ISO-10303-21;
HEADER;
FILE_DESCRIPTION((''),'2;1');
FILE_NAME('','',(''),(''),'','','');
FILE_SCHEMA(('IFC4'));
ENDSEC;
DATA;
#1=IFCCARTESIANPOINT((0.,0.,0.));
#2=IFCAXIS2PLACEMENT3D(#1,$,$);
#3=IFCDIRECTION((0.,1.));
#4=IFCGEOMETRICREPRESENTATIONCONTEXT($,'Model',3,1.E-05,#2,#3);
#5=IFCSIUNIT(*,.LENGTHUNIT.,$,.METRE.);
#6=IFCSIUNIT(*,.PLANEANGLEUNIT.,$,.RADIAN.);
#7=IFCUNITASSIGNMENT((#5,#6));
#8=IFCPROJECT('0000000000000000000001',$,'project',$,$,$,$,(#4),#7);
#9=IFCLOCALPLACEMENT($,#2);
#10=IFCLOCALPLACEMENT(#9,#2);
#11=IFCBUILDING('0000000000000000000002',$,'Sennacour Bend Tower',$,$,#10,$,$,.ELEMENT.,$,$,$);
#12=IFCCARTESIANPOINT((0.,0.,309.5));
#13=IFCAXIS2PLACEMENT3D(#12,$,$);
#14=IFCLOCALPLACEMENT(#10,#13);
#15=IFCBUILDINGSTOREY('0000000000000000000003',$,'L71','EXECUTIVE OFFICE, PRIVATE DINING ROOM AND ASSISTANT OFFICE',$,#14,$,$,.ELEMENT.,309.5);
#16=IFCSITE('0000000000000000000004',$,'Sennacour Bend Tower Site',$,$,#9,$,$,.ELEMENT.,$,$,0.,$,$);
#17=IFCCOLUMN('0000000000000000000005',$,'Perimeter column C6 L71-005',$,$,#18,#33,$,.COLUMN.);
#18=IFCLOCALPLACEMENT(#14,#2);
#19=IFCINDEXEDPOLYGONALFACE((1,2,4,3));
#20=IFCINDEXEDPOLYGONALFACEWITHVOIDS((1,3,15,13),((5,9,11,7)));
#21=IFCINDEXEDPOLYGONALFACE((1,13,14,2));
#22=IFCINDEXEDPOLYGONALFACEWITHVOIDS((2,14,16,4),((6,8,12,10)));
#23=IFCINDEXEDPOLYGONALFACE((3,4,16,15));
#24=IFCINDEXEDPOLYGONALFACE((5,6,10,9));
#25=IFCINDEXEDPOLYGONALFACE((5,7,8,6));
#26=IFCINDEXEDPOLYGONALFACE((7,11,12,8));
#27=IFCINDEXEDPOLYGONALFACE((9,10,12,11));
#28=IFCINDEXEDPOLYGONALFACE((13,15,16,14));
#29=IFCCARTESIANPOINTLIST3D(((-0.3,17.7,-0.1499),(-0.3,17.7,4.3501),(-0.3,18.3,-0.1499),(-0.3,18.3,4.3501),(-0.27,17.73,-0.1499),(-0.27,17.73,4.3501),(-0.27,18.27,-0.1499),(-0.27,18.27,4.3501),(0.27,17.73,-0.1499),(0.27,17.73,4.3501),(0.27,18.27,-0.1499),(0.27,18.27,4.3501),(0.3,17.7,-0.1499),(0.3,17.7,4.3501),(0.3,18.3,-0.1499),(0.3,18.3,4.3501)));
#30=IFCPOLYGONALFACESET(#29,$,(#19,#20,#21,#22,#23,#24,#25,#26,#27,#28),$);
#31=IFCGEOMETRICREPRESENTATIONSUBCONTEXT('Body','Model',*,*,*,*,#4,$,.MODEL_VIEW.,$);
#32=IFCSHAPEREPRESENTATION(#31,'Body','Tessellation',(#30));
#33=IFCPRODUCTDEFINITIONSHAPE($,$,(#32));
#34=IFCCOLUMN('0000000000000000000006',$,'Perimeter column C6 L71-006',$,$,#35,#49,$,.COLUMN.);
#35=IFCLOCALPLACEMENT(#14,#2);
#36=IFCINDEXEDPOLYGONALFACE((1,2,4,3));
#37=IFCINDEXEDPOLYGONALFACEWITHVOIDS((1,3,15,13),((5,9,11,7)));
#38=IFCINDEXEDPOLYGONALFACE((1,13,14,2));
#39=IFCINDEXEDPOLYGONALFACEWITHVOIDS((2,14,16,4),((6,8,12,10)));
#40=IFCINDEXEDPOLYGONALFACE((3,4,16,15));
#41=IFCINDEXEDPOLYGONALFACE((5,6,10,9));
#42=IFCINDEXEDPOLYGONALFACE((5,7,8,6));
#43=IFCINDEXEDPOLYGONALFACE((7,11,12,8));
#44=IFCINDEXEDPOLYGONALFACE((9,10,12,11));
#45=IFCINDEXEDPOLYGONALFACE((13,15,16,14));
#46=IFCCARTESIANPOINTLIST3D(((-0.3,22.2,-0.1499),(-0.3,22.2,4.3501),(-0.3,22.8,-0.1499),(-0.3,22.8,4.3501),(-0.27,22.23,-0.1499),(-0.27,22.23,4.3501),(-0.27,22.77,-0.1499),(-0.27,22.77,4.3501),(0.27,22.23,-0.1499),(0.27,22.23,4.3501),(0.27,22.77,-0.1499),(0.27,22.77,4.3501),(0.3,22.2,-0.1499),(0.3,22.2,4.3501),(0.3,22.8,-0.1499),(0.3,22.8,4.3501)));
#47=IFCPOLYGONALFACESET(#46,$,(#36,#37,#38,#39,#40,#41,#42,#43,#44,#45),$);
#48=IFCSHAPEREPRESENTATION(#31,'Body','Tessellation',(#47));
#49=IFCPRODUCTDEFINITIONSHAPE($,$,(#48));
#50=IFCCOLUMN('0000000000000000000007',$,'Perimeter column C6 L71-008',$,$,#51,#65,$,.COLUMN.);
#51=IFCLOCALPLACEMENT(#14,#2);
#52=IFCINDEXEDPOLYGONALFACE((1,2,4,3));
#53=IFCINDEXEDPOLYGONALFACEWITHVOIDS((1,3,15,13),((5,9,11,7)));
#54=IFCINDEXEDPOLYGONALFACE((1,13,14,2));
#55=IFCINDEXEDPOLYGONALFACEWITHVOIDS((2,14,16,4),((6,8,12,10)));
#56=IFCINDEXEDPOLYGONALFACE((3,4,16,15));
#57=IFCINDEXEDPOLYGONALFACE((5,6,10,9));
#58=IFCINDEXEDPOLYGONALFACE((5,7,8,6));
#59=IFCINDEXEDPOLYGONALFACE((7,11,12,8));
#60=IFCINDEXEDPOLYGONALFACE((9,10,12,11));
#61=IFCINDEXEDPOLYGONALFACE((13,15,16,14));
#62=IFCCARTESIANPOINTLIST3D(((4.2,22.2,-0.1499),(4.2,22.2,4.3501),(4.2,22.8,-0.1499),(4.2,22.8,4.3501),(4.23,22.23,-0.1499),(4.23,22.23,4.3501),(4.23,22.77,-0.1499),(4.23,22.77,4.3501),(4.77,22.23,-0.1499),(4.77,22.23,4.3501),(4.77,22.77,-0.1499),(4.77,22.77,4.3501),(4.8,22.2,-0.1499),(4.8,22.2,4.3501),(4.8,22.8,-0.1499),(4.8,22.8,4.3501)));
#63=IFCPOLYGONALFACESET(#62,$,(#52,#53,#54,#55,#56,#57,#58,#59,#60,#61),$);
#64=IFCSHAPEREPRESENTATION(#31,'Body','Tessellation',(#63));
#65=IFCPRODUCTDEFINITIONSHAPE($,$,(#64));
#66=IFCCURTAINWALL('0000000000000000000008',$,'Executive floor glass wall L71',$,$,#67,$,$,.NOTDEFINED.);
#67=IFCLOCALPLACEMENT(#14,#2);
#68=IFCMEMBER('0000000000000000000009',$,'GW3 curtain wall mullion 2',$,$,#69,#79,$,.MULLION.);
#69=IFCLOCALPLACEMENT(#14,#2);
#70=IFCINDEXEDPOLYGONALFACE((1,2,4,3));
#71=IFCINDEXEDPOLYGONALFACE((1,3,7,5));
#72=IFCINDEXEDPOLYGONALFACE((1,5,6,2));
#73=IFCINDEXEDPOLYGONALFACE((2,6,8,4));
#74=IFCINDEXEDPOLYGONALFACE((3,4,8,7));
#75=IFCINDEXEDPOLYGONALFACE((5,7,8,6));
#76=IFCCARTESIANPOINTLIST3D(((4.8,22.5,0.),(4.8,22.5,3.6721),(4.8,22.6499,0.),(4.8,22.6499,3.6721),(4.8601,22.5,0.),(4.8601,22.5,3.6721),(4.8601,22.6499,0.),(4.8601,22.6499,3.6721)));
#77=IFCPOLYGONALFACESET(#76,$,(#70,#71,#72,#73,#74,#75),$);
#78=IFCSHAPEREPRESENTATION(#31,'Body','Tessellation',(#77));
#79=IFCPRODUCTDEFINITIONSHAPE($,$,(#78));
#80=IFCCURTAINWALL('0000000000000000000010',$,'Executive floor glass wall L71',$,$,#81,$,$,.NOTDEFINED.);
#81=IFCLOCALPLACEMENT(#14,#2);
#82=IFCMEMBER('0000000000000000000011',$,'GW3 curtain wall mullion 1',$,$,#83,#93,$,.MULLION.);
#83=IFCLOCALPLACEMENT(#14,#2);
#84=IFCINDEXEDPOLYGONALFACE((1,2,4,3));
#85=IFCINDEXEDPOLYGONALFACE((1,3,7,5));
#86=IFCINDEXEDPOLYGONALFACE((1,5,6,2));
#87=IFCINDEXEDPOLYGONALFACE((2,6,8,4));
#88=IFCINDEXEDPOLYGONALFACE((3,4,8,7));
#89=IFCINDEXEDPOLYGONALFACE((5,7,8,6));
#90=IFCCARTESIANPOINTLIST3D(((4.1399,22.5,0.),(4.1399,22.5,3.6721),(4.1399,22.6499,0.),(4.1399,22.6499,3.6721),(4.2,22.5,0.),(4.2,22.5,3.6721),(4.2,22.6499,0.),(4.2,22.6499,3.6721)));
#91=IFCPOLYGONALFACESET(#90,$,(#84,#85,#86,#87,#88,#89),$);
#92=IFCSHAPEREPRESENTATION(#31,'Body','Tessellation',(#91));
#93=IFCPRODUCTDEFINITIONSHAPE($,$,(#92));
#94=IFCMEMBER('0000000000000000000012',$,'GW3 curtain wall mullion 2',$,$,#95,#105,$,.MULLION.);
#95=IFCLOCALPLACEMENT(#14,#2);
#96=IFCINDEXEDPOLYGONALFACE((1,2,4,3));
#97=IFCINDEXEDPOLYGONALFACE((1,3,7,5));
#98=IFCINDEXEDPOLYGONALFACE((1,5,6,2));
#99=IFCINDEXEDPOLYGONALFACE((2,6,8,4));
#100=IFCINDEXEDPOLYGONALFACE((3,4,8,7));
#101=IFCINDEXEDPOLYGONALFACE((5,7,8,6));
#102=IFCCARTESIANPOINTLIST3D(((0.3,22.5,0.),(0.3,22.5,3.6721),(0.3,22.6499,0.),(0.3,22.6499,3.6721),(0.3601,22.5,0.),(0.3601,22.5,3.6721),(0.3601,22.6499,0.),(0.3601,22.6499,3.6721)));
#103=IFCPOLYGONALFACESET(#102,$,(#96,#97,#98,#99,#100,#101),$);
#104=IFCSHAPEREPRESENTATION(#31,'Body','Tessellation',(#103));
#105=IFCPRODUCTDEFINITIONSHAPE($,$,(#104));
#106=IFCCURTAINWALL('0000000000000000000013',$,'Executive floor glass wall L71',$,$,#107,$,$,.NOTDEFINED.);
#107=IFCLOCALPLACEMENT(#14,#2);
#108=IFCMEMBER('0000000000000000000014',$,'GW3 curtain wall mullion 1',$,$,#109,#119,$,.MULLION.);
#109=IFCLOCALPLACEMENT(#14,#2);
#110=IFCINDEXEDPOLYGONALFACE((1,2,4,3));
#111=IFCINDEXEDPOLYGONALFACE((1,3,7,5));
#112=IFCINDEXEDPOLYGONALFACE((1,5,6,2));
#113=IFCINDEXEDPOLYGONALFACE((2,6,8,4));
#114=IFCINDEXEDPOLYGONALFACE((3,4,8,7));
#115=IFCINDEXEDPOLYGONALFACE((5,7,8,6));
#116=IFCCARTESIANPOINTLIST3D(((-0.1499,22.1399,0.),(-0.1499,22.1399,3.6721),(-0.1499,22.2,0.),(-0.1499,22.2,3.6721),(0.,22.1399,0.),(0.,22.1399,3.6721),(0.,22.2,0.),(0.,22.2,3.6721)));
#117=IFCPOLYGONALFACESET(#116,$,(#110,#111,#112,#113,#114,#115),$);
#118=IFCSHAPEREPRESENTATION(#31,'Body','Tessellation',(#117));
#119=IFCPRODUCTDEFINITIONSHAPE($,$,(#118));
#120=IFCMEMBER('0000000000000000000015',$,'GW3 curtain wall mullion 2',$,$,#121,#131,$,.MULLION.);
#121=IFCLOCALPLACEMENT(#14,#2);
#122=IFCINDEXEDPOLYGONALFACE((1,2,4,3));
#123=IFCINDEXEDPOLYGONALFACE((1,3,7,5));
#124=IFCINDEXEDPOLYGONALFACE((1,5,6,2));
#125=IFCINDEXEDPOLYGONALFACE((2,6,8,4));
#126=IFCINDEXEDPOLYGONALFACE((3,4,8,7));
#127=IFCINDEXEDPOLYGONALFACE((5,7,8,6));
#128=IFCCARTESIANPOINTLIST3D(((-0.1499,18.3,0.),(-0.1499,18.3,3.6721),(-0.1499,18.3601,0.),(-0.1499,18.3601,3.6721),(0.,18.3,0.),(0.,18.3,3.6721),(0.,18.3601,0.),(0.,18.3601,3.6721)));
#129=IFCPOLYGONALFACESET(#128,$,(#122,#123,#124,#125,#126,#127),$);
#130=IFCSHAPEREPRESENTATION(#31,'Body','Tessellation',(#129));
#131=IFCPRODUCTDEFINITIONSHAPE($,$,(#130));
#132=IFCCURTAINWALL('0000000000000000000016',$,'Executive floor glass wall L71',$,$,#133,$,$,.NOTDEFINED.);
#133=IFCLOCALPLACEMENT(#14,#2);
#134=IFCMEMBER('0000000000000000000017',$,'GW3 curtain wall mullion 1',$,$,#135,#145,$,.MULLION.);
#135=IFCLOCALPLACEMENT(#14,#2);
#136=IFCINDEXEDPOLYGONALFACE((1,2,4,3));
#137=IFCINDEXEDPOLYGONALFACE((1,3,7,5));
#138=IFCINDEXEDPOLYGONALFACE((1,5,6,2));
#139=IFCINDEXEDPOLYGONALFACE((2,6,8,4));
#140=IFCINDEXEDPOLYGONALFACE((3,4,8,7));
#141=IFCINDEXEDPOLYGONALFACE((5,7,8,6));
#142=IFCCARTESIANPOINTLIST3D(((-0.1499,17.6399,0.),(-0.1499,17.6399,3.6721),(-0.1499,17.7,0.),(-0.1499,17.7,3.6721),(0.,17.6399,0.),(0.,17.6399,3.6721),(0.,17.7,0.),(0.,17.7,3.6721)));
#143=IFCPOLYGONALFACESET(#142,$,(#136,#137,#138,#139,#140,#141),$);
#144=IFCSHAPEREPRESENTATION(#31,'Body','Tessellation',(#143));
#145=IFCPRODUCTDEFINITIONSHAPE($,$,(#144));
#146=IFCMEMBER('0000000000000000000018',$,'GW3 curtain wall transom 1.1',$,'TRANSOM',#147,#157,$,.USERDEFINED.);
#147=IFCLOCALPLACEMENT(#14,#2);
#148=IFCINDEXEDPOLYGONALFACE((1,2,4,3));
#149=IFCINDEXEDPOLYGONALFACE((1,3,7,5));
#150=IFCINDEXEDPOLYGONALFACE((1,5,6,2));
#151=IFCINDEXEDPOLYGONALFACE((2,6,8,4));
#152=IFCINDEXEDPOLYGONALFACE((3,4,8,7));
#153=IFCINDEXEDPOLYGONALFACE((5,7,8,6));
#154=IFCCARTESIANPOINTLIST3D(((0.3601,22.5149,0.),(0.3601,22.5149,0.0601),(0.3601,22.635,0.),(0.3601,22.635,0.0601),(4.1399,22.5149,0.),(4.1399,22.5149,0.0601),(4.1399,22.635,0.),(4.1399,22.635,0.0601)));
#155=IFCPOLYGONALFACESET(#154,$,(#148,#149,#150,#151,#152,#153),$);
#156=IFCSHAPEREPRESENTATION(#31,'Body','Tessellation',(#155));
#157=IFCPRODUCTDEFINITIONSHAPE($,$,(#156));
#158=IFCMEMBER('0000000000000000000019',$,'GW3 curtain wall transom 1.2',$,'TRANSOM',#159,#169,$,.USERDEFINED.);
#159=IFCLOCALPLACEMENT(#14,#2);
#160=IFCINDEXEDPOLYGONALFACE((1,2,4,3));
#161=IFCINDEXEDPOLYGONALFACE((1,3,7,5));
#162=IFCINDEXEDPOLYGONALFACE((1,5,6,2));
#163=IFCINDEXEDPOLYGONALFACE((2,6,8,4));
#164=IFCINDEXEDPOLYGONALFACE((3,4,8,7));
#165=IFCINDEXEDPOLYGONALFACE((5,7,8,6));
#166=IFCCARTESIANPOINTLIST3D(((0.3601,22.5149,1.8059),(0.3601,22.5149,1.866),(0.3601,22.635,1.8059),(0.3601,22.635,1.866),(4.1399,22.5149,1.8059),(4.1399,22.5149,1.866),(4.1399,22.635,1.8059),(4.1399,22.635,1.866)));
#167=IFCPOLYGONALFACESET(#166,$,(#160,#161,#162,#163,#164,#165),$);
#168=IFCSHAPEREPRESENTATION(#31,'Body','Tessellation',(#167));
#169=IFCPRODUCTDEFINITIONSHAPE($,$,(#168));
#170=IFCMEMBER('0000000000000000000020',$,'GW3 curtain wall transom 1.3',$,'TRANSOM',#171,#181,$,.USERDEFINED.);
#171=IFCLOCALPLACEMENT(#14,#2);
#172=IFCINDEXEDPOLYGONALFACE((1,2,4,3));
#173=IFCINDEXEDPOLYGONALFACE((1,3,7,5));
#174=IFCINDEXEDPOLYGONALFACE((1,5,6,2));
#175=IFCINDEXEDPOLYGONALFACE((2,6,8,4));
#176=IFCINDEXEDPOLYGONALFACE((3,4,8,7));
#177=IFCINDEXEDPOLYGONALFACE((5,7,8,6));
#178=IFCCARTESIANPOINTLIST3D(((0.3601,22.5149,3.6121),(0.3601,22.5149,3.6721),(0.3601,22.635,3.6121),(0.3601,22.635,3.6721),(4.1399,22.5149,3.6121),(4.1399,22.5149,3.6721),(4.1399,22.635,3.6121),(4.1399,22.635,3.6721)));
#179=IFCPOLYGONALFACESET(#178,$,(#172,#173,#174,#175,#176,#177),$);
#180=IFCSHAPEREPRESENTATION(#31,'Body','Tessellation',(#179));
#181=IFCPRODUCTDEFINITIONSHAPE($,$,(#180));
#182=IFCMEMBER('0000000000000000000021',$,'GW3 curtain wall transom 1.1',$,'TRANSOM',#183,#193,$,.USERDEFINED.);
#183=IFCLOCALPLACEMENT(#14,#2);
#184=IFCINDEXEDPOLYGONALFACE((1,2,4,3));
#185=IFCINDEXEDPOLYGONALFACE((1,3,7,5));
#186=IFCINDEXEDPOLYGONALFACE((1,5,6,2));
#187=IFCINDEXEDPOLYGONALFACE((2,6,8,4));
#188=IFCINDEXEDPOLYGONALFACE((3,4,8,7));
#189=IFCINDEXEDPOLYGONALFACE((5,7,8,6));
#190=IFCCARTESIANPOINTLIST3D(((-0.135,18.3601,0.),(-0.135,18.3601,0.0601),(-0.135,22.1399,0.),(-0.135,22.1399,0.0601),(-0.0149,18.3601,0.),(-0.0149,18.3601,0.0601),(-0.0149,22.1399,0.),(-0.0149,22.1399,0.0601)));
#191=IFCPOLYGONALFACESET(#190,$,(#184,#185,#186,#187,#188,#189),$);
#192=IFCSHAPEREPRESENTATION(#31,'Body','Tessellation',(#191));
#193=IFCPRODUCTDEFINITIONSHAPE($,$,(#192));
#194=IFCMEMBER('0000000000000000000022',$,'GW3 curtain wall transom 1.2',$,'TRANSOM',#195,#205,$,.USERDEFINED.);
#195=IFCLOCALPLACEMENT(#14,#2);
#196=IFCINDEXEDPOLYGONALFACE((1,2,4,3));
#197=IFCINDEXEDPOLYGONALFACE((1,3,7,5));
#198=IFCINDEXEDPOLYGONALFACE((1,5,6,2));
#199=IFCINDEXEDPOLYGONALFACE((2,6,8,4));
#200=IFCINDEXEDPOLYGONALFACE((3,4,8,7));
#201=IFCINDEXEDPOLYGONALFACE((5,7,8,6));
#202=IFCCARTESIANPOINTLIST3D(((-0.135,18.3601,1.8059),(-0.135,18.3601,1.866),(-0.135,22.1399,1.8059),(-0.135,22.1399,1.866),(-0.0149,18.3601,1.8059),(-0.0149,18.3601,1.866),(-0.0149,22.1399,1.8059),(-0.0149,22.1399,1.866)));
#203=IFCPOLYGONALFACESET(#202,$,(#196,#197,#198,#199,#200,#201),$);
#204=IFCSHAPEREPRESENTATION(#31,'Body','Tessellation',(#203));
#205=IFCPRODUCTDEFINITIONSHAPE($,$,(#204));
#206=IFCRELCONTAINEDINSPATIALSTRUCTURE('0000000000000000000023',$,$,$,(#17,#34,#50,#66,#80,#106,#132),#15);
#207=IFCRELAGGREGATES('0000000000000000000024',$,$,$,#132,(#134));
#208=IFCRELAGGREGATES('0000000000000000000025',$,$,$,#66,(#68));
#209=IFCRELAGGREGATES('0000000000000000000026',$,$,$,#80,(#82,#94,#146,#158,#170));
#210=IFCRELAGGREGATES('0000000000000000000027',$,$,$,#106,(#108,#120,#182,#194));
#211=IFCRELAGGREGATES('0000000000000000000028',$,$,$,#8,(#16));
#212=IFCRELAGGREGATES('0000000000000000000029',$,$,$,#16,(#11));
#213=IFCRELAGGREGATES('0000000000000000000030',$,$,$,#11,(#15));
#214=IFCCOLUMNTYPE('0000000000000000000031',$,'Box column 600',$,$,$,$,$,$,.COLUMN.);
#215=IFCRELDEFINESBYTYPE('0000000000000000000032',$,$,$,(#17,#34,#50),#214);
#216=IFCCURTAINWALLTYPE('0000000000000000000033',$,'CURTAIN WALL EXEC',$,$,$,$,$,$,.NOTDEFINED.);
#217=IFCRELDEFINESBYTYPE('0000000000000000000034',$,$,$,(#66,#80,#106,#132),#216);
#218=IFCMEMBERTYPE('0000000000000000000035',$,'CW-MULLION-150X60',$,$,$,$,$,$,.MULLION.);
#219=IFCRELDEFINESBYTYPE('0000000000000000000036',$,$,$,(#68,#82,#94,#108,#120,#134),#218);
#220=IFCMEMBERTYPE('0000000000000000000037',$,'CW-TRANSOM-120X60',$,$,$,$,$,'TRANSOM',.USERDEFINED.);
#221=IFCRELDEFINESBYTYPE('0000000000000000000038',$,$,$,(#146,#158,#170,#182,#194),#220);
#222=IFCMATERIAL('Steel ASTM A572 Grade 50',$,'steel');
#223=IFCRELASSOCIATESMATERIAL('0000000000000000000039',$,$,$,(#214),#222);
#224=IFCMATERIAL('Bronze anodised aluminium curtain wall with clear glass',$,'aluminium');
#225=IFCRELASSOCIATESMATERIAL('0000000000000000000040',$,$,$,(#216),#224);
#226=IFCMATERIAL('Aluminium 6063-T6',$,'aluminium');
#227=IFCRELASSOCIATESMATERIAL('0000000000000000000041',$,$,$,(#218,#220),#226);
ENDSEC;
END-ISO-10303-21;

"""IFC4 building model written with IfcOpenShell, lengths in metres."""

from ifc_helpers import new_model, si_unit, direction, frame, origin, origin_2d, place, context, subcontext, project, spatial, rectangle, hollow_rectangle, extrude, material, material_profile, profile_set, type_object, element, aggregate, save


model = new_model("IFC4")

# Units and contexts
model_context = context("Model", 3, precision=1e-05, world=origin(), true_north=direction((0.0, 1.0)))
body_context = subcontext(model_context, "Body", "Model", "MODEL_VIEW")
ifc_project = project(units=[si_unit("LENGTHUNIT", "METRE"), si_unit("PLANEANGLEUNIT", "RADIAN")], contexts=[model_context])

# Site, building, storey
site_placement = place(None, origin())
site = spatial("IfcSite", under=ifc_project, at=site_placement, Name="Sennacour Bend Tower Site", CompositionType="ELEMENT", RefElevation=0.0)
building_placement = place(site_placement, origin())
building = spatial("IfcBuilding", under=site, at=building_placement, Name="Sennacour Bend Tower", CompositionType="ELEMENT")
storey_placement = place(building_placement, frame((0.0, 0.0, 309.5)))
storey = spatial("IfcBuildingStorey", under=building, at=storey_placement, Name="L71", Description="EXECUTIVE OFFICE, PRIVATE DINING ROOM AND ASSISTANT OFFICE", CompositionType="ELEMENT", Elevation=309.5)

# Columns
ifc_material_1 = material(Name="Steel ASTM A572 Grade 50", Category="steel")
ifc_material_profile_1 = material_profile(ifc_material_1, hollow_rectangle(XDim=0.6001, YDim=0.6001, WallThickness=0.03, at=origin_2d()), Name="Steel ASTM A572 Grade 50", Category="steel")
ifc_profile_set_1 = profile_set([ifc_material_profile_1], Name="Steel ASTM A572 Grade 50")
column_type = type_object("IfcColumnType", Name="Box column 600", PredefinedType="COLUMN", material=ifc_profile_set_1)
for number, where, z_axis, x_axis, name in (
    (1, (0.0, 18.0, -0.1499), (0.0, 0.0, 1.0), (1.0, 0.0, 0.0), "Perimeter column C6 L71-005"),
    (2, (0.0, 22.5, -0.1499), (0.0, 0.0, 1.0), (1.0, 0.0, 0.0), "Perimeter column C6 L71-006"),
    (3, (4.5, 22.5, -0.1499), (0.0, 0.0, 1.0), (1.0, 0.0, 0.0), "Perimeter column C6 L71-008"),
):
    element("IfcColumn", number, at=place(storey_placement, frame(where, z_axis=z_axis, x_axis=x_axis)), inside=storey, type_object=column_type, Name=name, PredefinedType="COLUMN", context=body_context, shape_type="SweptSolid", body=[
        extrude(hollow_rectangle(XDim=0.6001, YDim=0.6001, WallThickness=0.03, at=origin_2d()), origin(), (0.0, 0.0, 1.0), 4.5),
    ])

# Curtain wall, member
ifc_material_2 = material(Name="Bronze anodised aluminium curtain wall with clear glass", Category="aluminium")
curtain_wall_type = type_object("IfcCurtainWallType", Name="CURTAIN WALL EXEC", PredefinedType="NOTDEFINED", material=ifc_material_2)
curtain_wall_1_placement = place(storey_placement, origin())
curtain_wall_1 = element("IfcCurtainWall", 4, at=curtain_wall_1_placement, inside=storey, type_object=curtain_wall_type, Name="Executive floor glass wall L71", PredefinedType="NOTDEFINED")
ifc_material_3 = material(Name="Aluminium 6063-T6", Category="aluminium")
ifc_material_profile_2 = material_profile(ifc_material_3, rectangle(XDim=0.1499, YDim=0.0601, at=origin_2d()), Name="Aluminium 6063-T6", Category="aluminium")
ifc_profile_set_2 = profile_set([ifc_material_profile_2], Name="Aluminium 6063-T6")
member_type_1 = type_object("IfcMemberType", Name="CW-MULLION-150X60", PredefinedType="MULLION", material=ifc_profile_set_2)
member_1_placement = place(storey_placement, frame((4.8301, 22.575, 0.0), z_axis=(0.0, 0.0, 1.0), x_axis=(0.0, -1.0, 0.0)))
member_1 = element("IfcMember", 5, at=member_1_placement, type_object=member_type_1, Name="GW3 curtain wall mullion 2", PredefinedType="MULLION", context=body_context, shape_type="SweptSolid", body=[
    extrude(rectangle(XDim=0.1499, YDim=0.0601, at=origin_2d()), origin(), (0.0, 0.0, 1.0), 3.6721),
])

# Curtain walls, members
curtain_wall_2_placement = place(storey_placement, origin())
curtain_wall_2 = element("IfcCurtainWall", 6, at=curtain_wall_2_placement, inside=storey, type_object=curtain_wall_type, Name="Executive floor glass wall L71", PredefinedType="NOTDEFINED")
member_2_placement = place(storey_placement, frame((4.1699, 22.575, 0.0), z_axis=(0.0, 0.0, 1.0), x_axis=(0.0, -1.0, 0.0)))
member_2 = element("IfcMember", 7, at=member_2_placement, type_object=member_type_1, Name="GW3 curtain wall mullion 1", PredefinedType="MULLION", context=body_context, shape_type="SweptSolid", body=[
    extrude(rectangle(XDim=0.1499, YDim=0.0601, at=origin_2d()), origin(), (0.0, 0.0, 1.0), 3.6721),
])
member_3_placement = place(storey_placement, frame((0.3301, 22.575, 0.0), z_axis=(0.0, 0.0, 1.0), x_axis=(0.0, -1.0, 0.0)))
member_3 = element("IfcMember", 8, at=member_3_placement, type_object=member_type_1, Name="GW3 curtain wall mullion 2", PredefinedType="MULLION", context=body_context, shape_type="SweptSolid", body=[
    extrude(rectangle(XDim=0.1499, YDim=0.0601, at=origin_2d()), origin(), (0.0, 0.0, 1.0), 3.6721),
])
curtain_wall_3_placement = place(storey_placement, origin())
curtain_wall_3 = element("IfcCurtainWall", 9, at=curtain_wall_3_placement, inside=storey, type_object=curtain_wall_type, Name="Executive floor glass wall L71", PredefinedType="NOTDEFINED")
member_4_placement = place(storey_placement, frame((-0.075, 22.1699, 0.0), z_axis=(0.0, 0.0, 1.0), x_axis=(1.0, 0.0, 0.0)))
member_4 = element("IfcMember", 10, at=member_4_placement, type_object=member_type_1, Name="GW3 curtain wall mullion 1", PredefinedType="MULLION", context=body_context, shape_type="SweptSolid", body=[
    extrude(rectangle(XDim=0.1499, YDim=0.0601, at=origin_2d()), origin(), (0.0, 0.0, 1.0), 3.6721),
])
member_5_placement = place(storey_placement, frame((-0.075, 18.3301, 0.0), z_axis=(0.0, 0.0, 1.0), x_axis=(1.0, 0.0, 0.0)))
member_5 = element("IfcMember", 11, at=member_5_placement, type_object=member_type_1, Name="GW3 curtain wall mullion 2", PredefinedType="MULLION", context=body_context, shape_type="SweptSolid", body=[
    extrude(rectangle(XDim=0.1499, YDim=0.0601, at=origin_2d()), origin(), (0.0, 0.0, 1.0), 3.6721),
])

# Curtain wall, member
curtain_wall_4_placement = place(storey_placement, origin())
curtain_wall_4 = element("IfcCurtainWall", 12, at=curtain_wall_4_placement, inside=storey, type_object=curtain_wall_type, Name="Executive floor glass wall L71", PredefinedType="NOTDEFINED")
member_6_placement = place(storey_placement, frame((-0.075, 17.6699, 0.0), z_axis=(0.0, 0.0, 1.0), x_axis=(1.0, 0.0, 0.0)))
member_6 = element("IfcMember", 13, at=member_6_placement, type_object=member_type_1, Name="GW3 curtain wall mullion 1", PredefinedType="MULLION", context=body_context, shape_type="SweptSolid", body=[
    extrude(rectangle(XDim=0.1499, YDim=0.0601, at=origin_2d()), origin(), (0.0, 0.0, 1.0), 3.6721),
])

# Members
ifc_material_profile_3 = material_profile(ifc_material_3, rectangle(XDim=0.1201, YDim=0.0601, at=origin_2d()), Name="Aluminium 6063-T6", Category="aluminium")
ifc_profile_set_3 = profile_set([ifc_material_profile_3], Name="Aluminium 6063-T6")
member_type_2 = type_object("IfcMemberType", Name="CW-TRANSOM-120X60", ElementType="TRANSOM", PredefinedType="USERDEFINED", material=ifc_profile_set_3)
member_7_placement = place(storey_placement, frame((4.1399, 22.575, 0.03), z_axis=(-1.0, 0.0, 0.0), x_axis=(0.0, -1.0, 0.0)))
member_7 = element("IfcMember", 14, at=member_7_placement, type_object=member_type_2, Name="GW3 curtain wall transom 1.1", ObjectType="TRANSOM", PredefinedType="USERDEFINED", context=body_context, shape_type="SweptSolid", body=[
    extrude(rectangle(XDim=0.1201, YDim=0.0601, at=origin_2d()), origin(), (0.0, 0.0, 1.0), 3.7798),
])
member_8_placement = place(storey_placement, frame((4.1399, 22.575, 1.8359), z_axis=(-1.0, 0.0, 0.0), x_axis=(0.0, -1.0, 0.0)))
member_8 = element("IfcMember", 15, at=member_8_placement, type_object=member_type_2, Name="GW3 curtain wall transom 1.2", ObjectType="TRANSOM", PredefinedType="USERDEFINED", context=body_context, shape_type="SweptSolid", body=[
    extrude(rectangle(XDim=0.1201, YDim=0.0601, at=origin_2d()), origin(), (0.0, 0.0, 1.0), 3.7798),
])
member_9_placement = place(storey_placement, frame((4.1399, 22.575, 3.6421), z_axis=(-1.0, 0.0, 0.0), x_axis=(0.0, -1.0, 0.0)))
member_9 = element("IfcMember", 16, at=member_9_placement, type_object=member_type_2, Name="GW3 curtain wall transom 1.3", ObjectType="TRANSOM", PredefinedType="USERDEFINED", context=body_context, shape_type="SweptSolid", body=[
    extrude(rectangle(XDim=0.1201, YDim=0.0601, at=origin_2d()), origin(), (0.0, 0.0, 1.0), 3.7798),
])
member_10_placement = place(storey_placement, frame((-0.075, 22.1399, 0.03), z_axis=(0.0, -1.0, 0.0), x_axis=(1.0, 0.0, 0.0)))
member_10 = element("IfcMember", 17, at=member_10_placement, type_object=member_type_2, Name="GW3 curtain wall transom 1.1", ObjectType="TRANSOM", PredefinedType="USERDEFINED", context=body_context, shape_type="SweptSolid", body=[
    extrude(rectangle(XDim=0.1201, YDim=0.0601, at=origin_2d()), origin(), (0.0, 0.0, 1.0), 3.7798),
])
member_11_placement = place(storey_placement, frame((-0.075, 22.1399, 1.8359), z_axis=(0.0, -1.0, 0.0), x_axis=(1.0, 0.0, 0.0)))
member_11 = element("IfcMember", 18, at=member_11_placement, type_object=member_type_2, Name="GW3 curtain wall transom 1.2", ObjectType="TRANSOM", PredefinedType="USERDEFINED", context=body_context, shape_type="SweptSolid", body=[
    extrude(rectangle(XDim=0.1201, YDim=0.0601, at=origin_2d()), origin(), (0.0, 0.0, 1.0), 3.7798),
])
aggregate(curtain_wall_4, [member_6])

aggregate(curtain_wall_1, [member_1])
aggregate(curtain_wall_2, [member_2, member_3, member_7, member_8, member_9])
aggregate(curtain_wall_3, [member_4, member_5, member_10, member_11])

save(model, "model.ifc")
